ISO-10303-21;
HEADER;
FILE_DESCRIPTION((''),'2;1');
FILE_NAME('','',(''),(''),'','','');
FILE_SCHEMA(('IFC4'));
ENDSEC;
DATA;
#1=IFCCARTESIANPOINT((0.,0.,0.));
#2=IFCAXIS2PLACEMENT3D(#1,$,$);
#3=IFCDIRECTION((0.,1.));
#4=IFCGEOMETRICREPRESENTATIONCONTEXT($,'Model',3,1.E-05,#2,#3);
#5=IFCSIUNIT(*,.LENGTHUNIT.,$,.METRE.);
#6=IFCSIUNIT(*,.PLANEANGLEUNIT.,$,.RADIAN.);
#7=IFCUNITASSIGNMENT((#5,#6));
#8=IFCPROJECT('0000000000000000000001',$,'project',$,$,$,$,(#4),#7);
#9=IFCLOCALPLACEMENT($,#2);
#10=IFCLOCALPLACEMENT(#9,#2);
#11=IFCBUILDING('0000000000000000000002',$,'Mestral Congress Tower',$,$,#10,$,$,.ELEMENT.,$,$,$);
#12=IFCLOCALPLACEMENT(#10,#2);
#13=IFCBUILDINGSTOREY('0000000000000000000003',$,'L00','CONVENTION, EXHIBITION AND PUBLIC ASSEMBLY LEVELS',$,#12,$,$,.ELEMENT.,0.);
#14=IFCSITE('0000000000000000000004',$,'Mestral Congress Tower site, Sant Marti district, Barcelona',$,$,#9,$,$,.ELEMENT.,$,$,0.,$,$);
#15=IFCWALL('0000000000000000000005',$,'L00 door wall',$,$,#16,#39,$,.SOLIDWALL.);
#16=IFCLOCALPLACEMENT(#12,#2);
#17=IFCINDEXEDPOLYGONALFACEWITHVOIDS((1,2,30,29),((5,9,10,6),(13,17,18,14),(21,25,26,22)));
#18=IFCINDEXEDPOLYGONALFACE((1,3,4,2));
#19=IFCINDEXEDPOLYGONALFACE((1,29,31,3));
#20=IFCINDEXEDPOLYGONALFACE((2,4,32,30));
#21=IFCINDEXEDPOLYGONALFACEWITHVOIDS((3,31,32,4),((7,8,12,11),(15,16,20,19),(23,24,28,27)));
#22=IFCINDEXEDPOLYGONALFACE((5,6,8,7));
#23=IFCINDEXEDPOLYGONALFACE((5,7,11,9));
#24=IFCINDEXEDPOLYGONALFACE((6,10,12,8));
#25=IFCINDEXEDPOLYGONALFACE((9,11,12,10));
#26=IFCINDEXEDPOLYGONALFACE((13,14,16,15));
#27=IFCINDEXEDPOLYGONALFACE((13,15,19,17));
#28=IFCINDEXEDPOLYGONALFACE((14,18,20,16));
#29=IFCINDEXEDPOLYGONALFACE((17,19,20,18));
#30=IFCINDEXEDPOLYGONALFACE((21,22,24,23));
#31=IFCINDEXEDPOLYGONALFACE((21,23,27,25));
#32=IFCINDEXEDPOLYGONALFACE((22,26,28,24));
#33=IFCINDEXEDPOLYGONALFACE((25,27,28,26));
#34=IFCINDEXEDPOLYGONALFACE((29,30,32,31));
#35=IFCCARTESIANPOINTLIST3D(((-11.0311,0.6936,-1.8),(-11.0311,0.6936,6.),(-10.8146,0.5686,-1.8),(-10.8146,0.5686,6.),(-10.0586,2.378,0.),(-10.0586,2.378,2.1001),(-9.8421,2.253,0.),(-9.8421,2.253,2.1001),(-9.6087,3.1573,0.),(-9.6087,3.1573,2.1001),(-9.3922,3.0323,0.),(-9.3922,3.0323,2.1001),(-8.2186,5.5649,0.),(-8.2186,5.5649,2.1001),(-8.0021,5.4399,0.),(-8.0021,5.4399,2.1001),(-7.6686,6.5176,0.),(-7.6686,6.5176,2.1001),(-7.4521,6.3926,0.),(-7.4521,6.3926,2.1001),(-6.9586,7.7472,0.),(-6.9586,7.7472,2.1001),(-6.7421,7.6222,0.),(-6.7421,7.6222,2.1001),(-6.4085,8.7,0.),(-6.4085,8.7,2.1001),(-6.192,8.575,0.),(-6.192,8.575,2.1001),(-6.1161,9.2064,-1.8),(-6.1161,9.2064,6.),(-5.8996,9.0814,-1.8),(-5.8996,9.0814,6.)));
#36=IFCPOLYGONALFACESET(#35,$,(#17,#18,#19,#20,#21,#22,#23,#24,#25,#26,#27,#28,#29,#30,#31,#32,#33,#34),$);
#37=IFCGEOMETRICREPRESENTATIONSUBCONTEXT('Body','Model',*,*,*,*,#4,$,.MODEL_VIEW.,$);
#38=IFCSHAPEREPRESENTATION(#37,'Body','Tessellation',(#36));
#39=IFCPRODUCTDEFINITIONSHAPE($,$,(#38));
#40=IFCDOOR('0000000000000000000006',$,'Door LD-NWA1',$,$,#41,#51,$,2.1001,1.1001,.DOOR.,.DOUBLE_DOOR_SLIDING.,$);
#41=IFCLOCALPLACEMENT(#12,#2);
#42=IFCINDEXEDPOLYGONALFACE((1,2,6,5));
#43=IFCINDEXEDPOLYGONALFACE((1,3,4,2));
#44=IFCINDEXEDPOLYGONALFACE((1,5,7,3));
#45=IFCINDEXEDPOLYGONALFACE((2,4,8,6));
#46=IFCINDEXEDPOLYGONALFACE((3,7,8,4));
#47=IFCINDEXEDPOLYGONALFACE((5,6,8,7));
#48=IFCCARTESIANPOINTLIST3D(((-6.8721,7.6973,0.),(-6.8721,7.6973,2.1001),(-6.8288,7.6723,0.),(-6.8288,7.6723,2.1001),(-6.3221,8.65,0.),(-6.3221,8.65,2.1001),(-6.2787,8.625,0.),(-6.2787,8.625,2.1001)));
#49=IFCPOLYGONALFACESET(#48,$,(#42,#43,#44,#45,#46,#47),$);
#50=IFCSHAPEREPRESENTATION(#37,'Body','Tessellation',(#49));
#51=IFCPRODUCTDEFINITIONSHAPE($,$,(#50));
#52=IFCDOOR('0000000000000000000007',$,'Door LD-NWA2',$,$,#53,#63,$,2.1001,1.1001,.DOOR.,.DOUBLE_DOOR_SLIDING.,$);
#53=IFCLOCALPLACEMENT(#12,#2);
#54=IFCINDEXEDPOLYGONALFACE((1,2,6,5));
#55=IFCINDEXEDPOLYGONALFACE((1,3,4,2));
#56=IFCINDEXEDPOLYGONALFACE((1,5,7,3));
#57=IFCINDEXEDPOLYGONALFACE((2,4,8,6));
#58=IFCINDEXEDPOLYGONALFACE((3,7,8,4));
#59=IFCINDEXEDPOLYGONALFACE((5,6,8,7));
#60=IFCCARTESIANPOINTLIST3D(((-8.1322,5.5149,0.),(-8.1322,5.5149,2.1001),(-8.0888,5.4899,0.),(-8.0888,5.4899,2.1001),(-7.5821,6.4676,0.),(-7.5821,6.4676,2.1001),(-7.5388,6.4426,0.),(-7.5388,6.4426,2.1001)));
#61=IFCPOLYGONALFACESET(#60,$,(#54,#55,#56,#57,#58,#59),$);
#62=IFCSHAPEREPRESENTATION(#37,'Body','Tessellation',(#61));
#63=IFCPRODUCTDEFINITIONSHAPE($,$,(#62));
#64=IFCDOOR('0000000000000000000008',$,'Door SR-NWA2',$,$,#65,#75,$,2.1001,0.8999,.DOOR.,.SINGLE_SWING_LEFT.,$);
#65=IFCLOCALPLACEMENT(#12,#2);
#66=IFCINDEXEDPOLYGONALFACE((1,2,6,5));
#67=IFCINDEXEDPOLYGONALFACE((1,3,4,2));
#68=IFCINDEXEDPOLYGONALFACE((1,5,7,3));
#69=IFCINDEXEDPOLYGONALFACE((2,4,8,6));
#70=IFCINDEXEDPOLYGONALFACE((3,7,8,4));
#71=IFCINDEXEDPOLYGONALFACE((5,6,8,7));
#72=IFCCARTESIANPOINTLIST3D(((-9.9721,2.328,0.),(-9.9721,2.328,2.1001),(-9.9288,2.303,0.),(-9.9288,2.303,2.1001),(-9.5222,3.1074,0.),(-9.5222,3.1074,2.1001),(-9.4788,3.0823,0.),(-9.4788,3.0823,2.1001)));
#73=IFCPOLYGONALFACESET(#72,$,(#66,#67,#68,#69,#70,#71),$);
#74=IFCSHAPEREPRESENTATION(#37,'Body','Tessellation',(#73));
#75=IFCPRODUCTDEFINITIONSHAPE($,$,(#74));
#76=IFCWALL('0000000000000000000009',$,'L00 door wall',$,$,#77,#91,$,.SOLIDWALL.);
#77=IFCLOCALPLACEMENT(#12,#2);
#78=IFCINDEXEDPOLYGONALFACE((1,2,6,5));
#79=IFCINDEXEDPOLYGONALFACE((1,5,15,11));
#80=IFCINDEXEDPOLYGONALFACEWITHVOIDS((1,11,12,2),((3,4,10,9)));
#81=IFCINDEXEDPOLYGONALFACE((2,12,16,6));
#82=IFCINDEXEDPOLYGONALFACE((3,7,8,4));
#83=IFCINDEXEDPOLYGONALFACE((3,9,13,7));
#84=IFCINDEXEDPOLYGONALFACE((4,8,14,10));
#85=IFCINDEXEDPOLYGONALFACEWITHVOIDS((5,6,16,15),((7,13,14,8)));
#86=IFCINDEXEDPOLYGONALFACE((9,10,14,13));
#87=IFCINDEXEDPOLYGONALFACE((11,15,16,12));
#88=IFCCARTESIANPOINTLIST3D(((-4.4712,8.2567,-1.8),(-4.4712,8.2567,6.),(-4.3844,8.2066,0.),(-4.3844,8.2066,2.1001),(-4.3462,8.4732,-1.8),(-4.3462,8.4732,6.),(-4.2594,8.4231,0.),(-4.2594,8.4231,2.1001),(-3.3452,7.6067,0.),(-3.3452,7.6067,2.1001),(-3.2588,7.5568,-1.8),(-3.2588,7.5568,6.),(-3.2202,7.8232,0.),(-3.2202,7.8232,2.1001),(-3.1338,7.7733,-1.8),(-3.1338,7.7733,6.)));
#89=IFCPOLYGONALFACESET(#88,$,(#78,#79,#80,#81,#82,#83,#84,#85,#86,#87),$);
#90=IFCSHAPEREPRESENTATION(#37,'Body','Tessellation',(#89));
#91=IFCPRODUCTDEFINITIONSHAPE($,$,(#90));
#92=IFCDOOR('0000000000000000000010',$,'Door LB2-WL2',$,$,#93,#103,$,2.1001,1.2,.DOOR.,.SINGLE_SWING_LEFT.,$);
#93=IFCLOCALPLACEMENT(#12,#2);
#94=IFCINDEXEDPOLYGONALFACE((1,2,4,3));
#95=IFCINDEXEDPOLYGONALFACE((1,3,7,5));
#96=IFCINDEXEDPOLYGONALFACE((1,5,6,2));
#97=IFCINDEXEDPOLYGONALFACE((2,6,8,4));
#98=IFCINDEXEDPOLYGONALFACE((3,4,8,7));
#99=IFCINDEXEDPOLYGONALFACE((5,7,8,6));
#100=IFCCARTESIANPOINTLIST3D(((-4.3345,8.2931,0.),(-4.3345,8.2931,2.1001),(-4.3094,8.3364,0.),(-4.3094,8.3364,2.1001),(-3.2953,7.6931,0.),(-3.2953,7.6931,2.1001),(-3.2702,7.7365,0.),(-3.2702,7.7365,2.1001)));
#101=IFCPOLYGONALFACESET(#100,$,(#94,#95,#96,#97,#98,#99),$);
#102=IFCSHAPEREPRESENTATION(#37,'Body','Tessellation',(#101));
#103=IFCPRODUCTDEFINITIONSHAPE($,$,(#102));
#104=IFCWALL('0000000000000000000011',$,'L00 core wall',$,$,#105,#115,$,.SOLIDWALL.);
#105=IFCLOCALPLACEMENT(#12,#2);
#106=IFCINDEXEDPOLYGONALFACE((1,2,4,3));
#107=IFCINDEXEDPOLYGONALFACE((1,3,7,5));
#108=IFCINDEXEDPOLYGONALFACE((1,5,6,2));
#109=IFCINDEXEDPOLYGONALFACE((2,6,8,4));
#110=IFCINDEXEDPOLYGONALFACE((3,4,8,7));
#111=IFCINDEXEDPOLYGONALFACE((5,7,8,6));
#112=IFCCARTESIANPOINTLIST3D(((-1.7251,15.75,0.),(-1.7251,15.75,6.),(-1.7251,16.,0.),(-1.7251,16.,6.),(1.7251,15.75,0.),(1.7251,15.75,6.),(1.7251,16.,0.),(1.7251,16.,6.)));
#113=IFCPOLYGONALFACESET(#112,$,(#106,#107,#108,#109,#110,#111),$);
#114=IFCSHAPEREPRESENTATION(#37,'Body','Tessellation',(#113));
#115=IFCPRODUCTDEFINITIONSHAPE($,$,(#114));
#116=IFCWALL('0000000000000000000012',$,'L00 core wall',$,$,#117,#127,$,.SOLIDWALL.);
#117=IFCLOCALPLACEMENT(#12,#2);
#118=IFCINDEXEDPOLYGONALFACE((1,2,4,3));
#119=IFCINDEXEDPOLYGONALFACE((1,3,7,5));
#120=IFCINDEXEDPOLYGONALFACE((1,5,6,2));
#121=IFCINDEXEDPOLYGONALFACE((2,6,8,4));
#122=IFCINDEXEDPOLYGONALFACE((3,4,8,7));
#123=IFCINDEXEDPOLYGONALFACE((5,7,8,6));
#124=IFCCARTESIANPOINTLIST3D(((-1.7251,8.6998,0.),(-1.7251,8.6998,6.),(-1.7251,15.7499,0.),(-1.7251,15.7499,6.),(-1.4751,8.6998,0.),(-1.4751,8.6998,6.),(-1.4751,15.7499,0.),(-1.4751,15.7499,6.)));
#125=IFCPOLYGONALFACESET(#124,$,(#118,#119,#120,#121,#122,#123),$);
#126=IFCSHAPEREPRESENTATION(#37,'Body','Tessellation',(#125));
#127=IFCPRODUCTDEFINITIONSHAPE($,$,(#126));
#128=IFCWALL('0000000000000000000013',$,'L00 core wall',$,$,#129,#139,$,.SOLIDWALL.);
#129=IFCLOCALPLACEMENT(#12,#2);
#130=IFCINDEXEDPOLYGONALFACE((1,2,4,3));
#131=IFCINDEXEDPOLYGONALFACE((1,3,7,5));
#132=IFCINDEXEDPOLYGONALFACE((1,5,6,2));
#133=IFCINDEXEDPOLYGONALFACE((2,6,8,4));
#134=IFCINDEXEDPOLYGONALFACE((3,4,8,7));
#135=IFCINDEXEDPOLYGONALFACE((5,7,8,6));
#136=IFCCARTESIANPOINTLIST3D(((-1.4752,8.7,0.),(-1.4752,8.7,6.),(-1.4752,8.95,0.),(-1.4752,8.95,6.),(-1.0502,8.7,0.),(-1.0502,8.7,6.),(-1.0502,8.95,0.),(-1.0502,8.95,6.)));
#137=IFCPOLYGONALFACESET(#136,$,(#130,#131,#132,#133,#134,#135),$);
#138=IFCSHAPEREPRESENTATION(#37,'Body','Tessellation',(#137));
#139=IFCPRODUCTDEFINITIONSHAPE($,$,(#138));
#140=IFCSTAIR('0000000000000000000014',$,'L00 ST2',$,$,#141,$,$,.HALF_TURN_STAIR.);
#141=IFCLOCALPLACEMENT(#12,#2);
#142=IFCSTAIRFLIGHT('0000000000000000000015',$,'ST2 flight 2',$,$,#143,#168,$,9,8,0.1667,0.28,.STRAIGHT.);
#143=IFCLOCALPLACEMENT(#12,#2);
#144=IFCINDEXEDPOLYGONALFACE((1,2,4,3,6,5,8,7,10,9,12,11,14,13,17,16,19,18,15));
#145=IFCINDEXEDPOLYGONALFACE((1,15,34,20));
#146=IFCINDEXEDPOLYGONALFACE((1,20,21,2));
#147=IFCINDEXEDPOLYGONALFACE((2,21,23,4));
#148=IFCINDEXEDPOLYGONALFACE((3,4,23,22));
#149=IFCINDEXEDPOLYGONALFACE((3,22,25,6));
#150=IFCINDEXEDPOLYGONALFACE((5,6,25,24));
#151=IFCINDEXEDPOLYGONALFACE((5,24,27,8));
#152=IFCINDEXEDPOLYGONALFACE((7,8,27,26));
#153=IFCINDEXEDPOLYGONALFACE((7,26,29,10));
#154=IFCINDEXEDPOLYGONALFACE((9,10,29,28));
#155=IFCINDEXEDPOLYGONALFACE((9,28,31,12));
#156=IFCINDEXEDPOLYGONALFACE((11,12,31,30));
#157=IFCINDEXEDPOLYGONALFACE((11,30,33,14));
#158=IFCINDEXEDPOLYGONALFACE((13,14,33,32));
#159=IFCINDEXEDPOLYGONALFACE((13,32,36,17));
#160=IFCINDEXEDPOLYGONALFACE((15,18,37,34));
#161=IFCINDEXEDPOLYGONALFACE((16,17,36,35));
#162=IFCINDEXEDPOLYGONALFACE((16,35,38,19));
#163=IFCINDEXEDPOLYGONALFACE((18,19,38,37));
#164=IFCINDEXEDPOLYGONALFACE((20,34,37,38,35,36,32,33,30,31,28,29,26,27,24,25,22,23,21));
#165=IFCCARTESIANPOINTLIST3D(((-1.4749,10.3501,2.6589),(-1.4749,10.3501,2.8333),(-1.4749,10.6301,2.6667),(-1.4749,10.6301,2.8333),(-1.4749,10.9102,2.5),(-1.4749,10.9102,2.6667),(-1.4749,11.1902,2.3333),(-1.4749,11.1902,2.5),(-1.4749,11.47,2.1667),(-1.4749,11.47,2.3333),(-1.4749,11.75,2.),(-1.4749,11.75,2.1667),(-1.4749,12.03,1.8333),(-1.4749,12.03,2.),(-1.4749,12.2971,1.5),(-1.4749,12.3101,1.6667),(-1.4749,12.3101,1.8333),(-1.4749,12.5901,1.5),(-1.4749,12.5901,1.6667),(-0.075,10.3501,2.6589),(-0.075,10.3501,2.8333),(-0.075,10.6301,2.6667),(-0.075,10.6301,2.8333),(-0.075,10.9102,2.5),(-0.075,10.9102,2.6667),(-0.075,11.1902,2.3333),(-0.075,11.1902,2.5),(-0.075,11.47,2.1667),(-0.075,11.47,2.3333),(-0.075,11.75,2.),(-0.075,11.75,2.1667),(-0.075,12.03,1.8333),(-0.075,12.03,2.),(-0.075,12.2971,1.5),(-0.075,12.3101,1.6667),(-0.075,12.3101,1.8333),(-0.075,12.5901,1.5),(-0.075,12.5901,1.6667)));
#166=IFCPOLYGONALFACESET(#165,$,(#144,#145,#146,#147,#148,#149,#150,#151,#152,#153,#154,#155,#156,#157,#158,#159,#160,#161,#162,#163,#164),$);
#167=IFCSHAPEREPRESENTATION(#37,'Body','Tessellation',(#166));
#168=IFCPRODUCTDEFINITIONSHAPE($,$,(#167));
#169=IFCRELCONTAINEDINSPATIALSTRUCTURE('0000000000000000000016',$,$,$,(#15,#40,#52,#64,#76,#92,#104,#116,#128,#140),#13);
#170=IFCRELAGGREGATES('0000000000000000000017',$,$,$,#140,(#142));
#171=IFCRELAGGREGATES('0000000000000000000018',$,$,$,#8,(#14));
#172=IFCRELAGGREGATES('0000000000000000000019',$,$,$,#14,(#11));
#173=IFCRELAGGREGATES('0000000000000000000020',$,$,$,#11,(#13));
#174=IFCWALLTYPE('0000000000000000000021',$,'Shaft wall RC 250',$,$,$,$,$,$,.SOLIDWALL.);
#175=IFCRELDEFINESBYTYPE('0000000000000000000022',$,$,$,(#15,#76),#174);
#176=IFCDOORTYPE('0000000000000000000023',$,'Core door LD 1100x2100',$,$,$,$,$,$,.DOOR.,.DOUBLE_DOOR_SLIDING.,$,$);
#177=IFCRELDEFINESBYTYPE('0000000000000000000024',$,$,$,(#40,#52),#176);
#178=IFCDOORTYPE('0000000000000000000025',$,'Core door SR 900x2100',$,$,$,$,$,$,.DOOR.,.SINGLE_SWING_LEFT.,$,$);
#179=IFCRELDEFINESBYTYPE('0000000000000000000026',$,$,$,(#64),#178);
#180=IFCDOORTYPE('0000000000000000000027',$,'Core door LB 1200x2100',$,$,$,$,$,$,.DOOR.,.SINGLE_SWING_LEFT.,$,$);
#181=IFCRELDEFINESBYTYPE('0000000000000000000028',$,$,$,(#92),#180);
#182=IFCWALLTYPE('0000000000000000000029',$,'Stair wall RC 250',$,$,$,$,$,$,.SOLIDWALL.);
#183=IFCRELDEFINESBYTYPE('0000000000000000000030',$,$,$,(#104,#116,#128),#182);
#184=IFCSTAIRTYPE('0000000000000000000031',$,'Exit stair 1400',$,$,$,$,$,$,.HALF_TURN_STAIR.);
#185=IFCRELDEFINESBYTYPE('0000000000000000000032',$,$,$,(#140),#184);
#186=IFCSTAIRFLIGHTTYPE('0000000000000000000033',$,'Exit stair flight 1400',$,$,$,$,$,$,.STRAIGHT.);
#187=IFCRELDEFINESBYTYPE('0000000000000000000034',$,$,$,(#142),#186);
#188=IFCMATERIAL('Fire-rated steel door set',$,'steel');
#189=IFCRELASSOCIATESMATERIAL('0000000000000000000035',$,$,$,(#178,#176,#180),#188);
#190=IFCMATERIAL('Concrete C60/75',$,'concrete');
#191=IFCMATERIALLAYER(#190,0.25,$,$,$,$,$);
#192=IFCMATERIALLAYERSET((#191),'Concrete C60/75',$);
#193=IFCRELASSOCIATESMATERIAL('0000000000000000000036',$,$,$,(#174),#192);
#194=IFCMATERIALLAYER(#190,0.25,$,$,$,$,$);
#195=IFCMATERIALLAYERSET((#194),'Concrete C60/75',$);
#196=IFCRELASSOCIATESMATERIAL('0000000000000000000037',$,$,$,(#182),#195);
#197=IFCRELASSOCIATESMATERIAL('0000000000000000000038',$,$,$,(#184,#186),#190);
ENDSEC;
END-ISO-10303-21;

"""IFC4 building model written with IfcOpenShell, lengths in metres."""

from ifc_helpers import new_model, si_unit, direction, frame, frame_2d, origin, place, context, subcontext, project, spatial, polyline, rectangle, outline, extrude, material, layer, layer_set, type_object, element, fill, aggregate, save


model = new_model("IFC4")

# Units and contexts
model_context = context("Model", 3, precision=1e-05, world=origin(), true_north=direction((0.0, 1.0)))
body_context = subcontext(model_context, "Body", "Model", "MODEL_VIEW")
ifc_project = project(units=[si_unit("LENGTHUNIT", "METRE"), si_unit("PLANEANGLEUNIT", "RADIAN")], contexts=[model_context])

# Site, building, storey
site_placement = place(None, origin())
site = spatial("IfcSite", under=ifc_project, at=site_placement, Name="Mestral Congress Tower site, Sant Marti district, Barcelona", CompositionType="ELEMENT", RefElevation=0.0)
building_placement = place(site_placement, origin())
building = spatial("IfcBuilding", under=site, at=building_placement, Name="Mestral Congress Tower", CompositionType="ELEMENT")
storey_placement = place(building_placement, origin())
storey = spatial("IfcBuildingStorey", under=building, at=storey_placement, Name="L00", Description="CONVENTION, EXHIBITION AND PUBLIC ASSEMBLY LEVELS", CompositionType="ELEMENT", Elevation=0.0)

# Shared definitions
ifc_material_1 = material(Name="Fire-rated steel door set", Category="steel")
door_type_1 = type_object("IfcDoorType", Name="Core door SR 900x2100", OperationType="SINGLE_SWING_LEFT", PredefinedType="DOOR", material=ifc_material_1)

# Shared definitions
ifc_material_2 = material(Name="Concrete C60/75", Category="concrete")
ifc_layer_1 = layer(ifc_material_2, 0.25)
ifc_layer_set_1 = layer_set([ifc_layer_1], Name="Concrete C60/75")
wall_type_1 = type_object("IfcWallType", Name="Shaft wall RC 250", PredefinedType="SOLIDWALL", material=ifc_layer_set_1)

# Wall, openings, doors
wall_1_placement = place(storey_placement, frame((-6.0078, 9.144, -1.8), z_axis=(0.0, 0.0, 1.0), x_axis=(-0.500007, -0.866021, 0.0)))
wall_1 = element("IfcWall", 1, at=wall_1_placement, inside=storey, type_object=wall_type_1, Name="L00 door wall", PredefinedType="SOLIDWALL", context=body_context, shape_type="SweptSolid", body=[
    extrude(rectangle(XDim=9.8298, YDim=0.25, at=frame_2d((4.915, 0.0))), origin(), (0.0, 0.0, 1.0), 7.8),
])
opening_1_placement = place(wall_1_placement, frame((0.585, 0.0, 1.8)))
opening_1 = element("IfcOpeningElement", 2, at=opening_1_placement, cuts=wall_1, PredefinedType="OPENING", context=body_context, shape_type="SweptSolid", body=[
    extrude(rectangle(XDim=1.1001, YDim=2.1001, at=frame_2d((0.55, 1.05))), frame((0.0, 0.135, 0.0), z_axis=(0.0, -1.0, 0.0), x_axis=(1.0, 0.0, 0.0)), (0.0, 0.0, 1.0), 0.27),
])
opening_2_placement = place(wall_1_placement, frame((3.105, 0.0, 1.8)))
opening_2 = element("IfcOpeningElement", 3, at=opening_2_placement, cuts=wall_1, PredefinedType="OPENING", context=body_context, shape_type="SweptSolid", body=[
    extrude(rectangle(XDim=1.1001, YDim=2.1001, at=frame_2d((0.55, 1.05))), frame((0.0, 0.135, 0.0), z_axis=(0.0, -1.0, 0.0), x_axis=(1.0, 0.0, 0.0)), (0.0, 0.0, 1.0), 0.27),
])
opening_3_placement = place(wall_1_placement, frame((6.9851, 0.0, 1.8)))
opening_3 = element("IfcOpeningElement", 4, at=opening_3_placement, cuts=wall_1, PredefinedType="OPENING", context=body_context, shape_type="SweptSolid", body=[
    extrude(rectangle(XDim=0.8999, YDim=2.1001, at=frame_2d((0.45, 1.05))), frame((0.0, 0.135, 0.0), z_axis=(0.0, -1.0, 0.0), x_axis=(1.0, 0.0, 0.0)), (0.0, 0.0, 1.0), 0.27),
])
door_type_2 = type_object("IfcDoorType", Name="Core door LD 1100x2100", OperationType="DOUBLE_DOOR_SLIDING", PredefinedType="DOOR", material=ifc_material_1)
door_1_placement = place(opening_1_placement, origin())
door_1 = element("IfcDoor", 5, at=door_1_placement, inside=storey, type_object=door_type_2, Name="Door LD-NWA1", OperationType="DOUBLE_DOOR_SLIDING", OverallHeight=2.1001, OverallWidth=1.1001, PredefinedType="DOOR", context=body_context, shape_type="SweptSolid", body=[
    extrude(rectangle(XDim=1.1001, YDim=2.1001, at=frame_2d((0.55, 1.05))), frame((0.0, 0.0249, 0.0), z_axis=(0.0, -1.0, 0.0), x_axis=(1.0, 0.0, 0.0)), (0.0, 0.0, 1.0), 0.05),
])
fill(opening_1, door_1)
door_2_placement = place(opening_2_placement, origin())
door_2 = element("IfcDoor", 6, at=door_2_placement, inside=storey, type_object=door_type_2, Name="Door LD-NWA2", OperationType="DOUBLE_DOOR_SLIDING", OverallHeight=2.1001, OverallWidth=1.1001, PredefinedType="DOOR", context=body_context, shape_type="SweptSolid", body=[
    extrude(rectangle(XDim=1.1001, YDim=2.1001, at=frame_2d((0.55, 1.05))), frame((0.0, 0.0249, 0.0), z_axis=(0.0, -1.0, 0.0), x_axis=(1.0, 0.0, 0.0)), (0.0, 0.0, 1.0), 0.05),
])
fill(opening_2, door_2)
door_3_placement = place(opening_3_placement, origin())
door_3 = element("IfcDoor", 7, at=door_3_placement, inside=storey, type_object=door_type_1, Name="Door SR-NWA2", OperationType="SINGLE_SWING_LEFT", OverallHeight=2.1001, OverallWidth=0.8999, PredefinedType="DOOR", context=body_context, shape_type="SweptSolid", body=[
    extrude(rectangle(XDim=0.8999, YDim=2.1001, at=frame_2d((0.45, 1.05))), frame((0.0, 0.0249, 0.0), z_axis=(0.0, -1.0, 0.0), x_axis=(1.0, 0.0, 0.0)), (0.0, 0.0, 1.0), 0.05),
])
fill(opening_3, door_3)

# Wall, opening, door
wall_2_placement = place(storey_placement, frame((-4.4087, 8.365, -1.8), z_axis=(0.0, 0.0, 1.0), x_axis=(0.866035, -0.499984, 0.0)))
wall_2 = element("IfcWall", 8, at=wall_2_placement, inside=storey, type_object=wall_type_1, Name="L00 door wall", PredefinedType="SOLIDWALL", context=body_context, shape_type="SweptSolid", body=[
    extrude(rectangle(XDim=1.3999, YDim=0.25, at=frame_2d((0.7, 0.0))), origin(), (0.0, 0.0, 1.0), 7.8),
])
opening_4_placement = place(wall_2_placement, frame((0.1001, 0.0, 1.8)))
opening_4 = element("IfcOpeningElement", 9, at=opening_4_placement, cuts=wall_2, PredefinedType="OPENING", context=body_context, shape_type="SweptSolid", body=[
    extrude(rectangle(XDim=1.2, YDim=2.1001, at=frame_2d((0.6001, 1.05))), frame((0.0, 0.135, 0.0), z_axis=(0.0, -1.0, 0.0), x_axis=(1.0, 0.0, 0.0)), (0.0, 0.0, 1.0), 0.27),
])
door_type_3 = type_object("IfcDoorType", Name="Core door LB 1200x2100", OperationType="SINGLE_SWING_LEFT", PredefinedType="DOOR", material=ifc_material_1)
door_4_placement = place(opening_4_placement, origin())
door_4 = element("IfcDoor", 10, at=door_4_placement, inside=storey, type_object=door_type_3, Name="Door LB2-WL2", OperationType="SINGLE_SWING_LEFT", OverallHeight=2.1001, OverallWidth=1.2, PredefinedType="DOOR", context=body_context, shape_type="SweptSolid", body=[
    extrude(rectangle(XDim=1.2, YDim=2.1001, at=frame_2d((0.6001, 1.05))), frame((0.0, 0.0249, 0.0), z_axis=(0.0, -1.0, 0.0), x_axis=(1.0, 0.0, 0.0)), (0.0, 0.0, 1.0), 0.05),
])
fill(opening_4, door_4)

# Walls
ifc_layer_2 = layer(ifc_material_2, 0.25)
ifc_layer_set_2 = layer_set([ifc_layer_2], Name="Concrete C60/75")
wall_type_2 = type_object("IfcWallType", Name="Stair wall RC 250", PredefinedType="SOLIDWALL", material=ifc_layer_set_2)
wall_3_placement = place(storey_placement, frame((-1.7251, 15.875, 0.0), z_axis=(0.0, 0.0, 1.0), x_axis=(1.0, 0.0, 0.0)))
element("IfcWall", 11, at=wall_3_placement, inside=storey, type_object=wall_type_2, Name="L00 core wall", PredefinedType="SOLIDWALL", context=body_context, shape_type="SweptSolid", body=[
    extrude(rectangle(XDim=3.4502, YDim=0.25, at=frame_2d((1.7251, 0.0))), origin(), (0.0, 0.0, 1.0), 6.0),
])
wall_4_placement = place(storey_placement, frame((-1.6001, 8.7, 0.0), z_axis=(0.0, 0.0, 1.0), x_axis=(0.0, 1.0, 0.0)))
element("IfcWall", 12, at=wall_4_placement, inside=storey, type_object=wall_type_2, Name="L00 core wall", PredefinedType="SOLIDWALL", context=body_context, shape_type="SweptSolid", body=[
    extrude(rectangle(XDim=7.05, YDim=0.25, at=frame_2d((3.5249, 0.0))), origin(), (0.0, 0.0, 1.0), 6.0),
])
wall_5_placement = place(storey_placement, frame((-1.4751, 8.825, 0.0), z_axis=(0.0, 0.0, 1.0), x_axis=(1.0, 0.0, 0.0)))
element("IfcWall", 13, at=wall_5_placement, inside=storey, type_object=wall_type_2, Name="L00 core wall", PredefinedType="SOLIDWALL", context=body_context, shape_type="SweptSolid", body=[
    extrude(rectangle(XDim=0.425, YDim=0.25, at=frame_2d((0.2124, 0.0))), origin(), (0.0, 0.0, 1.0), 6.0),
])

# Stair, stair flight
stair_type = type_object("IfcStairType", Name="Exit stair 1400", PredefinedType="HALF_TURN_STAIR", material=ifc_material_2)
stair_placement = place(storey_placement, origin())
stair = element("IfcStair", 14, at=stair_placement, inside=storey, type_object=stair_type, Name="L00 ST2", PredefinedType="HALF_TURN_STAIR")
stair_flight_type = type_object("IfcStairFlightType", Name="Exit stair flight 1400", PredefinedType="STRAIGHT", material=ifc_material_2)
stair_flight_1_placement = place(storey_placement, frame((-0.7749, 12.5901, 1.5), z_axis=(0.0, 0.0, 1.0), x_axis=(0.0, -1.0, 0.0)))
stair_flight_1 = element("IfcStairFlight", 15, at=stair_flight_1_placement, type_object=stair_flight_type, Name="ST2 flight 2", NumberOfRisers=9, NumberOfTreads=8, PredefinedType="STRAIGHT", RiserHeight=0.1667, TreadLength=0.28, context=body_context, shape_type="SweptSolid", body=[
    extrude(outline(polyline([(0.0, 0.0), (0.0, 0.1667), (0.28, 0.1667), (0.28, 0.3333), (0.5601, 0.3333), (0.5601, 0.5), (0.8401, 0.5), (0.8401, 0.6667), (1.1201, 0.6667), (1.1201, 0.8333), (1.3999, 0.8333), (1.3999, 1.0), (1.6799, 1.0), (1.6799, 1.1667), (1.96, 1.1667), (1.96, 1.3333), (2.24, 1.3333), (2.24, 1.5), (2.24, 1.1589), (0.293, 0.0), (0.0, 0.0)])), frame((0.0, 0.7, 0.0), z_axis=(0.0, -1.0, 0.0), x_axis=(1.0, 0.0, 0.0)), (0.0, 0.0, 1.0), 1.3999),
])
aggregate(stair, [stair_flight_1])

save(model, "model.ifc")
